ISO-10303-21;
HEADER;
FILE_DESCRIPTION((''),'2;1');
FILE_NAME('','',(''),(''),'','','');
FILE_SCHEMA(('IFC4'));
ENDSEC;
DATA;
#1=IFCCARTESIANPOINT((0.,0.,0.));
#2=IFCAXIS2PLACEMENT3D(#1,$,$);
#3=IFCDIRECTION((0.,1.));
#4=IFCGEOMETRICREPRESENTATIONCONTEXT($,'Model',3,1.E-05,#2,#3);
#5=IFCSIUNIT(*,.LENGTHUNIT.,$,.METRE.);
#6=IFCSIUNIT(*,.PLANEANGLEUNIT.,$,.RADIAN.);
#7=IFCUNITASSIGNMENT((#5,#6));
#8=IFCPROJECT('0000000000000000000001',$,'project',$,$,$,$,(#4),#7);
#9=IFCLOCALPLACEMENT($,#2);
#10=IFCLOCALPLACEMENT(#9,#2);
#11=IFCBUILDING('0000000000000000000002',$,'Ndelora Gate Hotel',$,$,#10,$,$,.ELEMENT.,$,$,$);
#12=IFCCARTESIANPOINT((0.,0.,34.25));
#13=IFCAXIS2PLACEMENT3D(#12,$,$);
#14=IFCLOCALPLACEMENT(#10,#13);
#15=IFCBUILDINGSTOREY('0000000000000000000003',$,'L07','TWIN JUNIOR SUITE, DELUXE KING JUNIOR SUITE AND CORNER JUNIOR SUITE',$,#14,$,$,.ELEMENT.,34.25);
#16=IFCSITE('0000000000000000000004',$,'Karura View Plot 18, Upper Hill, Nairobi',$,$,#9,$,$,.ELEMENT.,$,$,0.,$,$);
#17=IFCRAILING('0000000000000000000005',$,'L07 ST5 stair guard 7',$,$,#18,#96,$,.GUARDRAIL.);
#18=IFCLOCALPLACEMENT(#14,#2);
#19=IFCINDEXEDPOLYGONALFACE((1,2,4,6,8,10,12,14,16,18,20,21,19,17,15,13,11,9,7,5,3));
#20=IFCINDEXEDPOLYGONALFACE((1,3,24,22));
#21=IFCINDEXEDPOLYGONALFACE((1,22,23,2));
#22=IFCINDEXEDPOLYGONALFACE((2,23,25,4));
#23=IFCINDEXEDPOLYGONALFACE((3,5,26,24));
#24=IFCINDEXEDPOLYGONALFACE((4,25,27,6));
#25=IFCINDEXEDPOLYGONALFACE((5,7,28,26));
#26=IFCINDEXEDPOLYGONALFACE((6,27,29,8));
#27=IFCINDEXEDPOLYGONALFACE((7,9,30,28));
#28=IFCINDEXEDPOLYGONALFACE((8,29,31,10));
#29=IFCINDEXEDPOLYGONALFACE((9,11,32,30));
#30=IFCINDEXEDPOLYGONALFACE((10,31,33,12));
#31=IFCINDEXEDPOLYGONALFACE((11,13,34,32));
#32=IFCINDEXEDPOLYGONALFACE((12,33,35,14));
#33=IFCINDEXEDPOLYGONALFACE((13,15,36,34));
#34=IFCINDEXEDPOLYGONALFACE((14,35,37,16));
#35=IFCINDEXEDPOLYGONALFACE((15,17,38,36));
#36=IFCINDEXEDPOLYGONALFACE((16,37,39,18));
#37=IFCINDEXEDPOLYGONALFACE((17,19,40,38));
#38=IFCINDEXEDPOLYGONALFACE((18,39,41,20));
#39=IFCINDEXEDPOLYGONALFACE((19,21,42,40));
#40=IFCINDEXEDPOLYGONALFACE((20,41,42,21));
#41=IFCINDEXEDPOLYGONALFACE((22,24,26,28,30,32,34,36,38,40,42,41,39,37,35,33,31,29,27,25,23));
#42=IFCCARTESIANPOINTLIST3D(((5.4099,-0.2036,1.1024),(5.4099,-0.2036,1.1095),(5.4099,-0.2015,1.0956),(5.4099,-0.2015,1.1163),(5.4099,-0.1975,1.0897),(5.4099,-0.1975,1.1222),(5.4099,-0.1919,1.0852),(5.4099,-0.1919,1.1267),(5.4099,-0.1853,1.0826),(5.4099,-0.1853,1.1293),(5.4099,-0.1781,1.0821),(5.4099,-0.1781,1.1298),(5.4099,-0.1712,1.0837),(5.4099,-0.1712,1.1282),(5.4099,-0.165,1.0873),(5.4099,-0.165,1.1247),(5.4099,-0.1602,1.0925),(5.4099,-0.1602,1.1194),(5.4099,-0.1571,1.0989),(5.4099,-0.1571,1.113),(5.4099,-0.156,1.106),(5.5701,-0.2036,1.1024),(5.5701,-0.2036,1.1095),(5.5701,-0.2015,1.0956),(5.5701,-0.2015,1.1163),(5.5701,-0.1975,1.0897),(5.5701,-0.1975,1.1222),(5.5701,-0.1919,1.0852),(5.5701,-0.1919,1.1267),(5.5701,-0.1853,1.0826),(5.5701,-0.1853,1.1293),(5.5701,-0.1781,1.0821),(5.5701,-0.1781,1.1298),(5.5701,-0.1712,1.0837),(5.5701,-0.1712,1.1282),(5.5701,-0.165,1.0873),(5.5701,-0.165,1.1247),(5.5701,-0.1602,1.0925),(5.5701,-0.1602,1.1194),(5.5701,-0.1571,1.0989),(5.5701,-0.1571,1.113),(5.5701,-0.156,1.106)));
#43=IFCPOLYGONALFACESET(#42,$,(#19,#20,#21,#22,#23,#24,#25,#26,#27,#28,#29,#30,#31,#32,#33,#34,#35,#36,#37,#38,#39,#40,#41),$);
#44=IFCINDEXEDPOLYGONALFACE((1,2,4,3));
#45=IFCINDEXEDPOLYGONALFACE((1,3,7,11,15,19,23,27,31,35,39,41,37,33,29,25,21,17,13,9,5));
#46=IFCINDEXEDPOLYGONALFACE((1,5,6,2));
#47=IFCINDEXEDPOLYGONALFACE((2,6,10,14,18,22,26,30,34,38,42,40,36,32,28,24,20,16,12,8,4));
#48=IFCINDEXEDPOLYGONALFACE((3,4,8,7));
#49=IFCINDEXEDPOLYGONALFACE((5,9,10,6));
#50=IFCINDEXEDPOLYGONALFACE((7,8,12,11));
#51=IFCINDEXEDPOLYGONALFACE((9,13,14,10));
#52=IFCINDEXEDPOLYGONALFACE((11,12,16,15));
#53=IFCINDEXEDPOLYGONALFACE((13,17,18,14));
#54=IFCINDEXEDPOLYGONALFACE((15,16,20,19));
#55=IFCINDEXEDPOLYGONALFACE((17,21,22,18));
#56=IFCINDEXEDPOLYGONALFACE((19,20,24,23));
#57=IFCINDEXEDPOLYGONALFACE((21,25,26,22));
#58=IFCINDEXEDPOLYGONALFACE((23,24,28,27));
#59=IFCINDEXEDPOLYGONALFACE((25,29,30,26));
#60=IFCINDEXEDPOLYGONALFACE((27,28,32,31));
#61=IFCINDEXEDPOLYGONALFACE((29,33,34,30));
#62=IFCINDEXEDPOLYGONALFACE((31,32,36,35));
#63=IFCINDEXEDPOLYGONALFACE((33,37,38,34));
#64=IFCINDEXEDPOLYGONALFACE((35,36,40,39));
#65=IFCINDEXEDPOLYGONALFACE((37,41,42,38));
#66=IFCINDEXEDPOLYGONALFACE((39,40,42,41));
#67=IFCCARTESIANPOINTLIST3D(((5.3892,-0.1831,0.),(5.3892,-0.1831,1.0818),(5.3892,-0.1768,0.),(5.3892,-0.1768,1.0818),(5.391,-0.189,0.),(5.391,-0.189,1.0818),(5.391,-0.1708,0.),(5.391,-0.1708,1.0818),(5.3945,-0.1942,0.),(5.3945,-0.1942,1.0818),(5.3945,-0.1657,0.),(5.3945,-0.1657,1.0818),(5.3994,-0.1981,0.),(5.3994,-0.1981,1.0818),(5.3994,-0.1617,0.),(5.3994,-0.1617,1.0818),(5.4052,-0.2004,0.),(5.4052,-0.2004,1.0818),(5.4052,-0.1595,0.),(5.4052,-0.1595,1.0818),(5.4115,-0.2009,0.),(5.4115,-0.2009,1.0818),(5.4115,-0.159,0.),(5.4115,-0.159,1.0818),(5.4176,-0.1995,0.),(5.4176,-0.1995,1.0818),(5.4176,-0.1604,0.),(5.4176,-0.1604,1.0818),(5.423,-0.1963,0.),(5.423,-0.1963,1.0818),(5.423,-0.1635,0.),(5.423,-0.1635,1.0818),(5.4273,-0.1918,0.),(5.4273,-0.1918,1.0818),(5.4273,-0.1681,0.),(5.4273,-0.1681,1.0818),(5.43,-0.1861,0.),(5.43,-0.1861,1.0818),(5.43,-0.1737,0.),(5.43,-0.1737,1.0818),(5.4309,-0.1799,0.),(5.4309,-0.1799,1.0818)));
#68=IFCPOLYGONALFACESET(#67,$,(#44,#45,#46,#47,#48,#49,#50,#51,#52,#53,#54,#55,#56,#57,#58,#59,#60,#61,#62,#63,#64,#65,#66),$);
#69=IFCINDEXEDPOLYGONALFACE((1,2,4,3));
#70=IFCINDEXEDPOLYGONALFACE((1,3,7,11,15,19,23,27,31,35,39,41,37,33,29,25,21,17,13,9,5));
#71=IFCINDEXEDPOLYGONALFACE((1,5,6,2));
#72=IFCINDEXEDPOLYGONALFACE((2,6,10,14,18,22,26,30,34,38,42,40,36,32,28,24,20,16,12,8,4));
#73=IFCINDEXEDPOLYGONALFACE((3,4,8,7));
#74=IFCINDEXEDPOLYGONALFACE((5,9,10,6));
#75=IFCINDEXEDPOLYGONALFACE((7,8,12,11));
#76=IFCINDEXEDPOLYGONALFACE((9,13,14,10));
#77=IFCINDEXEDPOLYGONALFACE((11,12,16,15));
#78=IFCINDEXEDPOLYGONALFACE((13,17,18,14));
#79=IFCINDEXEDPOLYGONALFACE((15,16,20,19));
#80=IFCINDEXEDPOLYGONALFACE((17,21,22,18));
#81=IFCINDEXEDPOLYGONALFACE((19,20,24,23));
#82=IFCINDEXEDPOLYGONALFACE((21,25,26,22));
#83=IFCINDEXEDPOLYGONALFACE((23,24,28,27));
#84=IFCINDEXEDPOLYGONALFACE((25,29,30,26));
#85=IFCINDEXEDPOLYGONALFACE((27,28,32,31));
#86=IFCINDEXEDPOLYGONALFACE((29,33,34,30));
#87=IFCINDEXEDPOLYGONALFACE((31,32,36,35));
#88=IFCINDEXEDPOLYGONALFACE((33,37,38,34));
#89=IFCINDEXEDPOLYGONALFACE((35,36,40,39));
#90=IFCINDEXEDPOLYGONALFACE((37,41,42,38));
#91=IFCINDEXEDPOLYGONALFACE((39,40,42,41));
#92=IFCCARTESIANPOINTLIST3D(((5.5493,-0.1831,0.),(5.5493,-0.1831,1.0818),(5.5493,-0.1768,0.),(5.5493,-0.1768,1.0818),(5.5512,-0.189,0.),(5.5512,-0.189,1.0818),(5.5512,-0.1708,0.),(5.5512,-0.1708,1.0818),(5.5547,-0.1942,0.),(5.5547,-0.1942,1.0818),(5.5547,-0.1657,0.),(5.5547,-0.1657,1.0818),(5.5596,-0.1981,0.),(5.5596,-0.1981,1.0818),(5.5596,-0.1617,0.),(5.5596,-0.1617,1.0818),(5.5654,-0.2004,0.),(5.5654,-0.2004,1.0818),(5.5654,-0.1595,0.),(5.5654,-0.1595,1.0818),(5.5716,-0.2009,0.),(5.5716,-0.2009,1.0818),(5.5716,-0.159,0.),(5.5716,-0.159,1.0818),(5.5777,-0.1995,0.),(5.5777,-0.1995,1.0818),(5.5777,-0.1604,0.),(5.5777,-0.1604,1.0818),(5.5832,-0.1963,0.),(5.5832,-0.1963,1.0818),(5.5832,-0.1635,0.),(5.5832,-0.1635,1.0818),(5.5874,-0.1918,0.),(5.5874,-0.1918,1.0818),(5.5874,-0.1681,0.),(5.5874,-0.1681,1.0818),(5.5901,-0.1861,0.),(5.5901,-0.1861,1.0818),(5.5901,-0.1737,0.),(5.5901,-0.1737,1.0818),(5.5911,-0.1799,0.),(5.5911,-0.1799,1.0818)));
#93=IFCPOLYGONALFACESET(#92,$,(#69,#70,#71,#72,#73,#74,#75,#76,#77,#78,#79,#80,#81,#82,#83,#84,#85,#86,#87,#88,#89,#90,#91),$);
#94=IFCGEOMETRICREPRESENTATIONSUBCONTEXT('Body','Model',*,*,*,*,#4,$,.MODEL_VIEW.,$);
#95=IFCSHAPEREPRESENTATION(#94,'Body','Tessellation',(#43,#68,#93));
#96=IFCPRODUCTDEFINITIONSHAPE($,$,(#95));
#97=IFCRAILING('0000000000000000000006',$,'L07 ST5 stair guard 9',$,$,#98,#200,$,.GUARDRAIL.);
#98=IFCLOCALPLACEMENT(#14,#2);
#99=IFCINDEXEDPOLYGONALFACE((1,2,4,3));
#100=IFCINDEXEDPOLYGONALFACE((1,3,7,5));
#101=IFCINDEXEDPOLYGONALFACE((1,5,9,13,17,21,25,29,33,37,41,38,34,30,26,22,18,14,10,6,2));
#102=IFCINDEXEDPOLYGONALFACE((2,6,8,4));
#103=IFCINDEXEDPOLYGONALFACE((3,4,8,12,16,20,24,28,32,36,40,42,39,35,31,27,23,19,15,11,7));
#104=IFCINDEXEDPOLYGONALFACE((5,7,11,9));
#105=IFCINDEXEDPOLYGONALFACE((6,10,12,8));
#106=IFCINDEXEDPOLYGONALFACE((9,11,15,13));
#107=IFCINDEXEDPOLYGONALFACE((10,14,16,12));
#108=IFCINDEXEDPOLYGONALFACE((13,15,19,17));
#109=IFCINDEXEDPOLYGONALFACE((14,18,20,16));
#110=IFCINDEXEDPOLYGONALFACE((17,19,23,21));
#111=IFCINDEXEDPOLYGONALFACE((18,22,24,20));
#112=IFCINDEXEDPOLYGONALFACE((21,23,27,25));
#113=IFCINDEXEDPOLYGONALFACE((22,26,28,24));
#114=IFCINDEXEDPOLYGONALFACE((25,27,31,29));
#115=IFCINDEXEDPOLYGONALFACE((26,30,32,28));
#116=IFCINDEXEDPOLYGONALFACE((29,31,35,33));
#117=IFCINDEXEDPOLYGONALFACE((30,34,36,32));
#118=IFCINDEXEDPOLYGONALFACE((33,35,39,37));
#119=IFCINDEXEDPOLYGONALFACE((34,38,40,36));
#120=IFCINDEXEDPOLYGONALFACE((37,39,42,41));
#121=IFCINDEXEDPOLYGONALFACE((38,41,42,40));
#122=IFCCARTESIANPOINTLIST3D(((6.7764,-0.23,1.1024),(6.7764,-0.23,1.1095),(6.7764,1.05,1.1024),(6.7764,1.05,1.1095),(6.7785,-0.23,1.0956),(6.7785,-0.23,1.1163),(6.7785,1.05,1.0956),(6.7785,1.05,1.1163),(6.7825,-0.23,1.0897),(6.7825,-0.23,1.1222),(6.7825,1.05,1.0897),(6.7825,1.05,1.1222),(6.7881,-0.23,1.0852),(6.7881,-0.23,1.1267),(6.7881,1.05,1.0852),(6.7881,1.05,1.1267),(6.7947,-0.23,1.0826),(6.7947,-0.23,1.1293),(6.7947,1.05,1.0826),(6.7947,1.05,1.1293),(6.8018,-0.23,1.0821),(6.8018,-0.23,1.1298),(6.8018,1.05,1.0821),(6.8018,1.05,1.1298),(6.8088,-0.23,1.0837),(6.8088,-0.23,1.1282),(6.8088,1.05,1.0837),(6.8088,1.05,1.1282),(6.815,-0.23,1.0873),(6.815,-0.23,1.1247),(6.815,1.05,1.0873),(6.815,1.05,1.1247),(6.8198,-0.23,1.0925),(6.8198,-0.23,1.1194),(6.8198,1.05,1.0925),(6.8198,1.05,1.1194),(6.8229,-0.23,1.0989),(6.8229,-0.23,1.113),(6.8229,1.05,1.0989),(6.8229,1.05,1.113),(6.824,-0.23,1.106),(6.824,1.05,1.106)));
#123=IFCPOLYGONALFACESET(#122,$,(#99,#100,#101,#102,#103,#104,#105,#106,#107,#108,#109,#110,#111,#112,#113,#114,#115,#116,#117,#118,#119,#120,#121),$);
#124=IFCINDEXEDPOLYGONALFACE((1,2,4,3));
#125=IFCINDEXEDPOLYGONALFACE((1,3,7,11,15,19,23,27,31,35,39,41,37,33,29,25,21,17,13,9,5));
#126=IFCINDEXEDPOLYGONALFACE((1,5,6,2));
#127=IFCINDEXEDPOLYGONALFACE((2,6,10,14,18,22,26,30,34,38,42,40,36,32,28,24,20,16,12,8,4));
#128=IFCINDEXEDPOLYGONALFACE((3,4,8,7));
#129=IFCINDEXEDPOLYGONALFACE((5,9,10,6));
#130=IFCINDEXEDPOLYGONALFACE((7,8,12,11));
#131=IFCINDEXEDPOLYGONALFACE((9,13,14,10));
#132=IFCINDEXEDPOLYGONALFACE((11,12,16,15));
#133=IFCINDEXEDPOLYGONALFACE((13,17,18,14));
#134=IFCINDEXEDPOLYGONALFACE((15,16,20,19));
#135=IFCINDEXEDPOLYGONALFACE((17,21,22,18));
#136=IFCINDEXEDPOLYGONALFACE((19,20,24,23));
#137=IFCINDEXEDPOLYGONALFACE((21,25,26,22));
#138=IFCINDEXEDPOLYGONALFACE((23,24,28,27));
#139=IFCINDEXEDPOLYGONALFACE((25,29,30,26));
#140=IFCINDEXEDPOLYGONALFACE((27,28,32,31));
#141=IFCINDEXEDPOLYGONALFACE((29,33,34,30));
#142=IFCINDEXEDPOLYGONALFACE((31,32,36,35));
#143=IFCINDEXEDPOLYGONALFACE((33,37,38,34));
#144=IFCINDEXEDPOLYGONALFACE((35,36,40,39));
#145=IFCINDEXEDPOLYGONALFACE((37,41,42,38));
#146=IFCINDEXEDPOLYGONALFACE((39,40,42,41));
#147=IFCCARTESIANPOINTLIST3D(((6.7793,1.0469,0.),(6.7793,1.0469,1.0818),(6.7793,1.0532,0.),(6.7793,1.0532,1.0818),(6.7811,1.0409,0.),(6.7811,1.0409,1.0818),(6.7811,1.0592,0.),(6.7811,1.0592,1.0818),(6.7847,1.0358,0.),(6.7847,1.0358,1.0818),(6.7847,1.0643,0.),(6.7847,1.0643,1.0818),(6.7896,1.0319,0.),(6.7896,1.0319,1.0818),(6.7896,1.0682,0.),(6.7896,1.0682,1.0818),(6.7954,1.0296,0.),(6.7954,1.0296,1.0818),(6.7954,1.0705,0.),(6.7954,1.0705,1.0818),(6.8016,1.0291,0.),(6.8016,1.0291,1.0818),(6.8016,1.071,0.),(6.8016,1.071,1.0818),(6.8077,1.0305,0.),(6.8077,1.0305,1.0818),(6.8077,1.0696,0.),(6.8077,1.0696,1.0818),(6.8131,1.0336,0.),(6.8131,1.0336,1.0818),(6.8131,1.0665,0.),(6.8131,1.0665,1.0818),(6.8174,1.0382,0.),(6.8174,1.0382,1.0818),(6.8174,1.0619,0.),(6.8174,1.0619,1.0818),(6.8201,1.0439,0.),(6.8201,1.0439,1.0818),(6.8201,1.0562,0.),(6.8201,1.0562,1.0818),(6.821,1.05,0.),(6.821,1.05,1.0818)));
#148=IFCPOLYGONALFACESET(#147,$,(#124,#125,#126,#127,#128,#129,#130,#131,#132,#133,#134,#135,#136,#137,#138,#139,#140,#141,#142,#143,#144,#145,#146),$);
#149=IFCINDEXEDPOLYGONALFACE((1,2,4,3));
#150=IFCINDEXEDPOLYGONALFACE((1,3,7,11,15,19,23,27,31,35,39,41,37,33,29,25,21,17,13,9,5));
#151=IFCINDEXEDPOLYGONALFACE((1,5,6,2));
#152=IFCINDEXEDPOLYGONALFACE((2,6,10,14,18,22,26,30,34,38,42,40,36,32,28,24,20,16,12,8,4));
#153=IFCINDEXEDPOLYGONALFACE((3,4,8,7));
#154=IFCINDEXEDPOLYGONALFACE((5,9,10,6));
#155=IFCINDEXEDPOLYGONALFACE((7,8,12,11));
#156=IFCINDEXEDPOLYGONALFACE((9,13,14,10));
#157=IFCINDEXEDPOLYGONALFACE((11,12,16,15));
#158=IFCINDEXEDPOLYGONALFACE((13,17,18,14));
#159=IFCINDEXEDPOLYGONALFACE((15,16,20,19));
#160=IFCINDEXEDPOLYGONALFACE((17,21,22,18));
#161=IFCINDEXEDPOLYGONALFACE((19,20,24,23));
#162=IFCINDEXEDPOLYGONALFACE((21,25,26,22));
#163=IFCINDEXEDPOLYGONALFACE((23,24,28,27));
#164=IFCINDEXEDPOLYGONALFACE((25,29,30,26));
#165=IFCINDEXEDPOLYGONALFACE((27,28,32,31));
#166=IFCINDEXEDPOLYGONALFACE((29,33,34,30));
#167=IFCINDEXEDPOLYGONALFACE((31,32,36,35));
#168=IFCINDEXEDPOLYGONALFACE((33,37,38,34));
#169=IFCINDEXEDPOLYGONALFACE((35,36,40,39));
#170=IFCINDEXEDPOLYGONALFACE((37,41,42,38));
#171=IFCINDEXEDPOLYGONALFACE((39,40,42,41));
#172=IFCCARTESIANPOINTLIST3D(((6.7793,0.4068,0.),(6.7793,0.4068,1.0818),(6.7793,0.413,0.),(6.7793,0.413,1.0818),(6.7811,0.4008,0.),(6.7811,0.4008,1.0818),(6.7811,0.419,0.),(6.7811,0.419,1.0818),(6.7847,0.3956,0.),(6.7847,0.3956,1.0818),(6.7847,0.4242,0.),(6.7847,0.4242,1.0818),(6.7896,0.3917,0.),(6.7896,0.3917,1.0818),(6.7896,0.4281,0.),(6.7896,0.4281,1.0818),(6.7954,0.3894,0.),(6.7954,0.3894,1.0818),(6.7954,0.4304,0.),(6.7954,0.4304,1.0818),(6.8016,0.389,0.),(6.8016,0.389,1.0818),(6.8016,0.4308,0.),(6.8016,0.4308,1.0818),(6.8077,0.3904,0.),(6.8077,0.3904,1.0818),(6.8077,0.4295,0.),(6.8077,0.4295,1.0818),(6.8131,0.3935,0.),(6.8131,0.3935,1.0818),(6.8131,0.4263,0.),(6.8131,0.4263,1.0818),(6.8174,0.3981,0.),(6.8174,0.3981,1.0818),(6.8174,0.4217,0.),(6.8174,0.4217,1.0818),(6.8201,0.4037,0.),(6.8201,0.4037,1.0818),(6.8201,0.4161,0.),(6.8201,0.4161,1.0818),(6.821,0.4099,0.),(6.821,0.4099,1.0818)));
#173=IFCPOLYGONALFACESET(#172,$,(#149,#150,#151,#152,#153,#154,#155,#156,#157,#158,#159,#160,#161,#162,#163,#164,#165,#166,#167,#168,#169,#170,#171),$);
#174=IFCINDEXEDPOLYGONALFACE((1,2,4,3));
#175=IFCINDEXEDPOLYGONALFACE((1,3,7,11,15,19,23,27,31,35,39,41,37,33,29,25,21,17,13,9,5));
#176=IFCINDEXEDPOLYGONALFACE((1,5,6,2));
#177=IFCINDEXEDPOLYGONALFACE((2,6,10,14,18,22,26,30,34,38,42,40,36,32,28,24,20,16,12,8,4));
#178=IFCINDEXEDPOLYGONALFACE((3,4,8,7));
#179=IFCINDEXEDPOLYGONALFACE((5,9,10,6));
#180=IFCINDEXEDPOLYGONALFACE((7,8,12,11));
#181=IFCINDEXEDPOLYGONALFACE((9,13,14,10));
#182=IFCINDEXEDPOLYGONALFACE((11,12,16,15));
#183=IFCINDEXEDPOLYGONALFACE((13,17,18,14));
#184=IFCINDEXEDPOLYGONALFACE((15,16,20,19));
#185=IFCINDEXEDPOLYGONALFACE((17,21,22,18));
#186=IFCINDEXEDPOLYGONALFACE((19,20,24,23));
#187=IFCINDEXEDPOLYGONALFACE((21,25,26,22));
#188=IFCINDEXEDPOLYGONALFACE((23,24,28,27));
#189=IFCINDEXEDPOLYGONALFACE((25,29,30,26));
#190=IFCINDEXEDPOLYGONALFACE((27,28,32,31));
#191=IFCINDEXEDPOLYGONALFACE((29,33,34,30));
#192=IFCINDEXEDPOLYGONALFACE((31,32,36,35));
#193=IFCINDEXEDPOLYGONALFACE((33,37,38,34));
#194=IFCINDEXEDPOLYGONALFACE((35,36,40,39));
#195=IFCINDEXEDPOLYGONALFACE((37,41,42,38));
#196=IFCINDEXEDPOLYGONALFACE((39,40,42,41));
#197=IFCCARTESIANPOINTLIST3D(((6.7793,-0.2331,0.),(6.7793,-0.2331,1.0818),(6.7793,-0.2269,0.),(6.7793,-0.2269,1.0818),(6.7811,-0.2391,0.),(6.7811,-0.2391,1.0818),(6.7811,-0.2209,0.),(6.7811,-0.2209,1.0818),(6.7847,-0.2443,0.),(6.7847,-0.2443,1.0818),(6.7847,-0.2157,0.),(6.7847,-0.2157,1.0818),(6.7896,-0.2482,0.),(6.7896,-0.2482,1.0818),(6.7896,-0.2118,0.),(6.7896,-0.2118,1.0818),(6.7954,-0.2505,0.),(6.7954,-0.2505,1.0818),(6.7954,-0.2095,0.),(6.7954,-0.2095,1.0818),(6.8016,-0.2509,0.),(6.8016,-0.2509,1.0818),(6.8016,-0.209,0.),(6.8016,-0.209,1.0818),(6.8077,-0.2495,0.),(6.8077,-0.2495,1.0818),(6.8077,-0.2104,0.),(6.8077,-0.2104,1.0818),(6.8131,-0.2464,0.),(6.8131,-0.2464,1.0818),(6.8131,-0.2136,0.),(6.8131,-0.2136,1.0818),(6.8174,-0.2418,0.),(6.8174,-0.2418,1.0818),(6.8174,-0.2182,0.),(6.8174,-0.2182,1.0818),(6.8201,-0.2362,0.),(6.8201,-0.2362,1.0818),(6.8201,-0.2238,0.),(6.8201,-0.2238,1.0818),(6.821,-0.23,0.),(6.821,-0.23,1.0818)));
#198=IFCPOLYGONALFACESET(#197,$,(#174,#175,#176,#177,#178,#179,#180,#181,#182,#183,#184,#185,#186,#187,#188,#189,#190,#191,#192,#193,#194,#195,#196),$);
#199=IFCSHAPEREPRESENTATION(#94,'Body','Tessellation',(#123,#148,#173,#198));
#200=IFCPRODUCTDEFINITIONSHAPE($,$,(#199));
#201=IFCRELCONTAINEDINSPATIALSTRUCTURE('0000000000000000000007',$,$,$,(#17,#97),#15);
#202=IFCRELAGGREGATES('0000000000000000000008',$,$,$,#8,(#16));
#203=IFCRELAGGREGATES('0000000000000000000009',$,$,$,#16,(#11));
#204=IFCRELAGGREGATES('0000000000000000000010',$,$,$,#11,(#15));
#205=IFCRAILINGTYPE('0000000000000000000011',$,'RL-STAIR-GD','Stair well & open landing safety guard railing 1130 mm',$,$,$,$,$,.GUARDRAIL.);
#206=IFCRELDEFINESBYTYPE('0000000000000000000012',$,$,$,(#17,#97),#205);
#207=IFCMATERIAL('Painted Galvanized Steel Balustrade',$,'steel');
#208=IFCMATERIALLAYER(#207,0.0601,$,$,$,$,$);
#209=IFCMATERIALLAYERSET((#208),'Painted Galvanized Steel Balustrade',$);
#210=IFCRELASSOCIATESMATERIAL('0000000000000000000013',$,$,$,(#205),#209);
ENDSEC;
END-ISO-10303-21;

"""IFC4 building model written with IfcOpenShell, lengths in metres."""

from ifc_helpers import new_model, si_unit, direction, frame, origin, origin_2d, place, context, subcontext, project, spatial, circle, extrude, material, layer, layer_set, type_object, element, save


model = new_model("IFC4")

# Units and contexts
model_context = context("Model", 3, precision=1e-05, world=origin(), true_north=direction((0.0, 1.0)))
body_context = subcontext(model_context, "Body", "Model", "MODEL_VIEW")
ifc_project = project(units=[si_unit("LENGTHUNIT", "METRE"), si_unit("PLANEANGLEUNIT", "RADIAN")], contexts=[model_context])

# Site, building, storey
site_placement = place(None, origin())
site = spatial("IfcSite", under=ifc_project, at=site_placement, Name="Karura View Plot 18, Upper Hill, Nairobi", CompositionType="ELEMENT", RefElevation=0.0)
building_placement = place(site_placement, origin())
building = spatial("IfcBuilding", under=site, at=building_placement, Name="Ndelora Gate Hotel", CompositionType="ELEMENT")
storey_placement = place(building_placement, frame((0.0, 0.0, 34.25)))
storey = spatial("IfcBuildingStorey", under=building, at=storey_placement, Name="L07", Description="TWIN JUNIOR SUITE, DELUXE KING JUNIOR SUITE AND CORNER JUNIOR SUITE", CompositionType="ELEMENT", Elevation=34.25)

# Railings
ifc_material_1 = material(Name="Painted Galvanized Steel Balustrade", Category="steel")
ifc_layer_1 = layer(ifc_material_1, 0.0601)
ifc_layer_set_1 = layer_set([ifc_layer_1], Name="Painted Galvanized Steel Balustrade")
railing_type = type_object("IfcRailingType", Name="RL-STAIR-GD", Description="Stair well & open landing safety guard railing 1130 mm", PredefinedType="GUARDRAIL", material=ifc_layer_set_1)
railing_1_placement = place(storey_placement, frame((5.4099, -0.1799, 0.0)))
element("IfcRailing", 1, at=railing_1_placement, inside=storey, type_object=railing_type, Name="L07 ST5 stair guard 7", PredefinedType="GUARDRAIL", context=body_context, shape_type="SweptSolid", body=[
    extrude(circle(Radius=0.0239, at=origin_2d()), frame((0.0, 0.0, 1.106), z_axis=(1.0, 0.0, 0.0), x_axis=(0.0, 1.0, 0.0)), (0.0, 0.0, 1.0), 0.1602),
    extrude(circle(Radius=0.021, at=origin_2d()), origin(), (0.0, 0.0, 1.0), 1.0818),
    extrude(circle(Radius=0.021, at=origin_2d()), frame((0.1602, 0.0, 0.0)), (0.0, 0.0, 1.0), 1.0818),
])
railing_2_placement = place(storey_placement, frame((6.8, 1.05, 0.0)))
element("IfcRailing", 2, at=railing_2_placement, inside=storey, type_object=railing_type, Name="L07 ST5 stair guard 9", PredefinedType="GUARDRAIL", context=body_context, shape_type="SweptSolid", body=[
    extrude(circle(Radius=0.0239, at=origin_2d()), frame((0.0, 0.0, 1.106), z_axis=(0.0, -1.0, 0.0), x_axis=(1.0, 0.0, 0.0)), (0.0, 0.0, 1.0), 1.28),
    extrude(circle(Radius=0.021, at=origin_2d()), origin(), (0.0, 0.0, 1.0), 1.0818),
    extrude(circle(Radius=0.021, at=origin_2d()), frame((0.0, -0.6401, 0.0)), (0.0, 0.0, 1.0), 1.0818),
    extrude(circle(Radius=0.021, at=origin_2d()), frame((0.0, -1.28, 0.0)), (0.0, 0.0, 1.0), 1.0818),
])

save(model, "model.ifc")
